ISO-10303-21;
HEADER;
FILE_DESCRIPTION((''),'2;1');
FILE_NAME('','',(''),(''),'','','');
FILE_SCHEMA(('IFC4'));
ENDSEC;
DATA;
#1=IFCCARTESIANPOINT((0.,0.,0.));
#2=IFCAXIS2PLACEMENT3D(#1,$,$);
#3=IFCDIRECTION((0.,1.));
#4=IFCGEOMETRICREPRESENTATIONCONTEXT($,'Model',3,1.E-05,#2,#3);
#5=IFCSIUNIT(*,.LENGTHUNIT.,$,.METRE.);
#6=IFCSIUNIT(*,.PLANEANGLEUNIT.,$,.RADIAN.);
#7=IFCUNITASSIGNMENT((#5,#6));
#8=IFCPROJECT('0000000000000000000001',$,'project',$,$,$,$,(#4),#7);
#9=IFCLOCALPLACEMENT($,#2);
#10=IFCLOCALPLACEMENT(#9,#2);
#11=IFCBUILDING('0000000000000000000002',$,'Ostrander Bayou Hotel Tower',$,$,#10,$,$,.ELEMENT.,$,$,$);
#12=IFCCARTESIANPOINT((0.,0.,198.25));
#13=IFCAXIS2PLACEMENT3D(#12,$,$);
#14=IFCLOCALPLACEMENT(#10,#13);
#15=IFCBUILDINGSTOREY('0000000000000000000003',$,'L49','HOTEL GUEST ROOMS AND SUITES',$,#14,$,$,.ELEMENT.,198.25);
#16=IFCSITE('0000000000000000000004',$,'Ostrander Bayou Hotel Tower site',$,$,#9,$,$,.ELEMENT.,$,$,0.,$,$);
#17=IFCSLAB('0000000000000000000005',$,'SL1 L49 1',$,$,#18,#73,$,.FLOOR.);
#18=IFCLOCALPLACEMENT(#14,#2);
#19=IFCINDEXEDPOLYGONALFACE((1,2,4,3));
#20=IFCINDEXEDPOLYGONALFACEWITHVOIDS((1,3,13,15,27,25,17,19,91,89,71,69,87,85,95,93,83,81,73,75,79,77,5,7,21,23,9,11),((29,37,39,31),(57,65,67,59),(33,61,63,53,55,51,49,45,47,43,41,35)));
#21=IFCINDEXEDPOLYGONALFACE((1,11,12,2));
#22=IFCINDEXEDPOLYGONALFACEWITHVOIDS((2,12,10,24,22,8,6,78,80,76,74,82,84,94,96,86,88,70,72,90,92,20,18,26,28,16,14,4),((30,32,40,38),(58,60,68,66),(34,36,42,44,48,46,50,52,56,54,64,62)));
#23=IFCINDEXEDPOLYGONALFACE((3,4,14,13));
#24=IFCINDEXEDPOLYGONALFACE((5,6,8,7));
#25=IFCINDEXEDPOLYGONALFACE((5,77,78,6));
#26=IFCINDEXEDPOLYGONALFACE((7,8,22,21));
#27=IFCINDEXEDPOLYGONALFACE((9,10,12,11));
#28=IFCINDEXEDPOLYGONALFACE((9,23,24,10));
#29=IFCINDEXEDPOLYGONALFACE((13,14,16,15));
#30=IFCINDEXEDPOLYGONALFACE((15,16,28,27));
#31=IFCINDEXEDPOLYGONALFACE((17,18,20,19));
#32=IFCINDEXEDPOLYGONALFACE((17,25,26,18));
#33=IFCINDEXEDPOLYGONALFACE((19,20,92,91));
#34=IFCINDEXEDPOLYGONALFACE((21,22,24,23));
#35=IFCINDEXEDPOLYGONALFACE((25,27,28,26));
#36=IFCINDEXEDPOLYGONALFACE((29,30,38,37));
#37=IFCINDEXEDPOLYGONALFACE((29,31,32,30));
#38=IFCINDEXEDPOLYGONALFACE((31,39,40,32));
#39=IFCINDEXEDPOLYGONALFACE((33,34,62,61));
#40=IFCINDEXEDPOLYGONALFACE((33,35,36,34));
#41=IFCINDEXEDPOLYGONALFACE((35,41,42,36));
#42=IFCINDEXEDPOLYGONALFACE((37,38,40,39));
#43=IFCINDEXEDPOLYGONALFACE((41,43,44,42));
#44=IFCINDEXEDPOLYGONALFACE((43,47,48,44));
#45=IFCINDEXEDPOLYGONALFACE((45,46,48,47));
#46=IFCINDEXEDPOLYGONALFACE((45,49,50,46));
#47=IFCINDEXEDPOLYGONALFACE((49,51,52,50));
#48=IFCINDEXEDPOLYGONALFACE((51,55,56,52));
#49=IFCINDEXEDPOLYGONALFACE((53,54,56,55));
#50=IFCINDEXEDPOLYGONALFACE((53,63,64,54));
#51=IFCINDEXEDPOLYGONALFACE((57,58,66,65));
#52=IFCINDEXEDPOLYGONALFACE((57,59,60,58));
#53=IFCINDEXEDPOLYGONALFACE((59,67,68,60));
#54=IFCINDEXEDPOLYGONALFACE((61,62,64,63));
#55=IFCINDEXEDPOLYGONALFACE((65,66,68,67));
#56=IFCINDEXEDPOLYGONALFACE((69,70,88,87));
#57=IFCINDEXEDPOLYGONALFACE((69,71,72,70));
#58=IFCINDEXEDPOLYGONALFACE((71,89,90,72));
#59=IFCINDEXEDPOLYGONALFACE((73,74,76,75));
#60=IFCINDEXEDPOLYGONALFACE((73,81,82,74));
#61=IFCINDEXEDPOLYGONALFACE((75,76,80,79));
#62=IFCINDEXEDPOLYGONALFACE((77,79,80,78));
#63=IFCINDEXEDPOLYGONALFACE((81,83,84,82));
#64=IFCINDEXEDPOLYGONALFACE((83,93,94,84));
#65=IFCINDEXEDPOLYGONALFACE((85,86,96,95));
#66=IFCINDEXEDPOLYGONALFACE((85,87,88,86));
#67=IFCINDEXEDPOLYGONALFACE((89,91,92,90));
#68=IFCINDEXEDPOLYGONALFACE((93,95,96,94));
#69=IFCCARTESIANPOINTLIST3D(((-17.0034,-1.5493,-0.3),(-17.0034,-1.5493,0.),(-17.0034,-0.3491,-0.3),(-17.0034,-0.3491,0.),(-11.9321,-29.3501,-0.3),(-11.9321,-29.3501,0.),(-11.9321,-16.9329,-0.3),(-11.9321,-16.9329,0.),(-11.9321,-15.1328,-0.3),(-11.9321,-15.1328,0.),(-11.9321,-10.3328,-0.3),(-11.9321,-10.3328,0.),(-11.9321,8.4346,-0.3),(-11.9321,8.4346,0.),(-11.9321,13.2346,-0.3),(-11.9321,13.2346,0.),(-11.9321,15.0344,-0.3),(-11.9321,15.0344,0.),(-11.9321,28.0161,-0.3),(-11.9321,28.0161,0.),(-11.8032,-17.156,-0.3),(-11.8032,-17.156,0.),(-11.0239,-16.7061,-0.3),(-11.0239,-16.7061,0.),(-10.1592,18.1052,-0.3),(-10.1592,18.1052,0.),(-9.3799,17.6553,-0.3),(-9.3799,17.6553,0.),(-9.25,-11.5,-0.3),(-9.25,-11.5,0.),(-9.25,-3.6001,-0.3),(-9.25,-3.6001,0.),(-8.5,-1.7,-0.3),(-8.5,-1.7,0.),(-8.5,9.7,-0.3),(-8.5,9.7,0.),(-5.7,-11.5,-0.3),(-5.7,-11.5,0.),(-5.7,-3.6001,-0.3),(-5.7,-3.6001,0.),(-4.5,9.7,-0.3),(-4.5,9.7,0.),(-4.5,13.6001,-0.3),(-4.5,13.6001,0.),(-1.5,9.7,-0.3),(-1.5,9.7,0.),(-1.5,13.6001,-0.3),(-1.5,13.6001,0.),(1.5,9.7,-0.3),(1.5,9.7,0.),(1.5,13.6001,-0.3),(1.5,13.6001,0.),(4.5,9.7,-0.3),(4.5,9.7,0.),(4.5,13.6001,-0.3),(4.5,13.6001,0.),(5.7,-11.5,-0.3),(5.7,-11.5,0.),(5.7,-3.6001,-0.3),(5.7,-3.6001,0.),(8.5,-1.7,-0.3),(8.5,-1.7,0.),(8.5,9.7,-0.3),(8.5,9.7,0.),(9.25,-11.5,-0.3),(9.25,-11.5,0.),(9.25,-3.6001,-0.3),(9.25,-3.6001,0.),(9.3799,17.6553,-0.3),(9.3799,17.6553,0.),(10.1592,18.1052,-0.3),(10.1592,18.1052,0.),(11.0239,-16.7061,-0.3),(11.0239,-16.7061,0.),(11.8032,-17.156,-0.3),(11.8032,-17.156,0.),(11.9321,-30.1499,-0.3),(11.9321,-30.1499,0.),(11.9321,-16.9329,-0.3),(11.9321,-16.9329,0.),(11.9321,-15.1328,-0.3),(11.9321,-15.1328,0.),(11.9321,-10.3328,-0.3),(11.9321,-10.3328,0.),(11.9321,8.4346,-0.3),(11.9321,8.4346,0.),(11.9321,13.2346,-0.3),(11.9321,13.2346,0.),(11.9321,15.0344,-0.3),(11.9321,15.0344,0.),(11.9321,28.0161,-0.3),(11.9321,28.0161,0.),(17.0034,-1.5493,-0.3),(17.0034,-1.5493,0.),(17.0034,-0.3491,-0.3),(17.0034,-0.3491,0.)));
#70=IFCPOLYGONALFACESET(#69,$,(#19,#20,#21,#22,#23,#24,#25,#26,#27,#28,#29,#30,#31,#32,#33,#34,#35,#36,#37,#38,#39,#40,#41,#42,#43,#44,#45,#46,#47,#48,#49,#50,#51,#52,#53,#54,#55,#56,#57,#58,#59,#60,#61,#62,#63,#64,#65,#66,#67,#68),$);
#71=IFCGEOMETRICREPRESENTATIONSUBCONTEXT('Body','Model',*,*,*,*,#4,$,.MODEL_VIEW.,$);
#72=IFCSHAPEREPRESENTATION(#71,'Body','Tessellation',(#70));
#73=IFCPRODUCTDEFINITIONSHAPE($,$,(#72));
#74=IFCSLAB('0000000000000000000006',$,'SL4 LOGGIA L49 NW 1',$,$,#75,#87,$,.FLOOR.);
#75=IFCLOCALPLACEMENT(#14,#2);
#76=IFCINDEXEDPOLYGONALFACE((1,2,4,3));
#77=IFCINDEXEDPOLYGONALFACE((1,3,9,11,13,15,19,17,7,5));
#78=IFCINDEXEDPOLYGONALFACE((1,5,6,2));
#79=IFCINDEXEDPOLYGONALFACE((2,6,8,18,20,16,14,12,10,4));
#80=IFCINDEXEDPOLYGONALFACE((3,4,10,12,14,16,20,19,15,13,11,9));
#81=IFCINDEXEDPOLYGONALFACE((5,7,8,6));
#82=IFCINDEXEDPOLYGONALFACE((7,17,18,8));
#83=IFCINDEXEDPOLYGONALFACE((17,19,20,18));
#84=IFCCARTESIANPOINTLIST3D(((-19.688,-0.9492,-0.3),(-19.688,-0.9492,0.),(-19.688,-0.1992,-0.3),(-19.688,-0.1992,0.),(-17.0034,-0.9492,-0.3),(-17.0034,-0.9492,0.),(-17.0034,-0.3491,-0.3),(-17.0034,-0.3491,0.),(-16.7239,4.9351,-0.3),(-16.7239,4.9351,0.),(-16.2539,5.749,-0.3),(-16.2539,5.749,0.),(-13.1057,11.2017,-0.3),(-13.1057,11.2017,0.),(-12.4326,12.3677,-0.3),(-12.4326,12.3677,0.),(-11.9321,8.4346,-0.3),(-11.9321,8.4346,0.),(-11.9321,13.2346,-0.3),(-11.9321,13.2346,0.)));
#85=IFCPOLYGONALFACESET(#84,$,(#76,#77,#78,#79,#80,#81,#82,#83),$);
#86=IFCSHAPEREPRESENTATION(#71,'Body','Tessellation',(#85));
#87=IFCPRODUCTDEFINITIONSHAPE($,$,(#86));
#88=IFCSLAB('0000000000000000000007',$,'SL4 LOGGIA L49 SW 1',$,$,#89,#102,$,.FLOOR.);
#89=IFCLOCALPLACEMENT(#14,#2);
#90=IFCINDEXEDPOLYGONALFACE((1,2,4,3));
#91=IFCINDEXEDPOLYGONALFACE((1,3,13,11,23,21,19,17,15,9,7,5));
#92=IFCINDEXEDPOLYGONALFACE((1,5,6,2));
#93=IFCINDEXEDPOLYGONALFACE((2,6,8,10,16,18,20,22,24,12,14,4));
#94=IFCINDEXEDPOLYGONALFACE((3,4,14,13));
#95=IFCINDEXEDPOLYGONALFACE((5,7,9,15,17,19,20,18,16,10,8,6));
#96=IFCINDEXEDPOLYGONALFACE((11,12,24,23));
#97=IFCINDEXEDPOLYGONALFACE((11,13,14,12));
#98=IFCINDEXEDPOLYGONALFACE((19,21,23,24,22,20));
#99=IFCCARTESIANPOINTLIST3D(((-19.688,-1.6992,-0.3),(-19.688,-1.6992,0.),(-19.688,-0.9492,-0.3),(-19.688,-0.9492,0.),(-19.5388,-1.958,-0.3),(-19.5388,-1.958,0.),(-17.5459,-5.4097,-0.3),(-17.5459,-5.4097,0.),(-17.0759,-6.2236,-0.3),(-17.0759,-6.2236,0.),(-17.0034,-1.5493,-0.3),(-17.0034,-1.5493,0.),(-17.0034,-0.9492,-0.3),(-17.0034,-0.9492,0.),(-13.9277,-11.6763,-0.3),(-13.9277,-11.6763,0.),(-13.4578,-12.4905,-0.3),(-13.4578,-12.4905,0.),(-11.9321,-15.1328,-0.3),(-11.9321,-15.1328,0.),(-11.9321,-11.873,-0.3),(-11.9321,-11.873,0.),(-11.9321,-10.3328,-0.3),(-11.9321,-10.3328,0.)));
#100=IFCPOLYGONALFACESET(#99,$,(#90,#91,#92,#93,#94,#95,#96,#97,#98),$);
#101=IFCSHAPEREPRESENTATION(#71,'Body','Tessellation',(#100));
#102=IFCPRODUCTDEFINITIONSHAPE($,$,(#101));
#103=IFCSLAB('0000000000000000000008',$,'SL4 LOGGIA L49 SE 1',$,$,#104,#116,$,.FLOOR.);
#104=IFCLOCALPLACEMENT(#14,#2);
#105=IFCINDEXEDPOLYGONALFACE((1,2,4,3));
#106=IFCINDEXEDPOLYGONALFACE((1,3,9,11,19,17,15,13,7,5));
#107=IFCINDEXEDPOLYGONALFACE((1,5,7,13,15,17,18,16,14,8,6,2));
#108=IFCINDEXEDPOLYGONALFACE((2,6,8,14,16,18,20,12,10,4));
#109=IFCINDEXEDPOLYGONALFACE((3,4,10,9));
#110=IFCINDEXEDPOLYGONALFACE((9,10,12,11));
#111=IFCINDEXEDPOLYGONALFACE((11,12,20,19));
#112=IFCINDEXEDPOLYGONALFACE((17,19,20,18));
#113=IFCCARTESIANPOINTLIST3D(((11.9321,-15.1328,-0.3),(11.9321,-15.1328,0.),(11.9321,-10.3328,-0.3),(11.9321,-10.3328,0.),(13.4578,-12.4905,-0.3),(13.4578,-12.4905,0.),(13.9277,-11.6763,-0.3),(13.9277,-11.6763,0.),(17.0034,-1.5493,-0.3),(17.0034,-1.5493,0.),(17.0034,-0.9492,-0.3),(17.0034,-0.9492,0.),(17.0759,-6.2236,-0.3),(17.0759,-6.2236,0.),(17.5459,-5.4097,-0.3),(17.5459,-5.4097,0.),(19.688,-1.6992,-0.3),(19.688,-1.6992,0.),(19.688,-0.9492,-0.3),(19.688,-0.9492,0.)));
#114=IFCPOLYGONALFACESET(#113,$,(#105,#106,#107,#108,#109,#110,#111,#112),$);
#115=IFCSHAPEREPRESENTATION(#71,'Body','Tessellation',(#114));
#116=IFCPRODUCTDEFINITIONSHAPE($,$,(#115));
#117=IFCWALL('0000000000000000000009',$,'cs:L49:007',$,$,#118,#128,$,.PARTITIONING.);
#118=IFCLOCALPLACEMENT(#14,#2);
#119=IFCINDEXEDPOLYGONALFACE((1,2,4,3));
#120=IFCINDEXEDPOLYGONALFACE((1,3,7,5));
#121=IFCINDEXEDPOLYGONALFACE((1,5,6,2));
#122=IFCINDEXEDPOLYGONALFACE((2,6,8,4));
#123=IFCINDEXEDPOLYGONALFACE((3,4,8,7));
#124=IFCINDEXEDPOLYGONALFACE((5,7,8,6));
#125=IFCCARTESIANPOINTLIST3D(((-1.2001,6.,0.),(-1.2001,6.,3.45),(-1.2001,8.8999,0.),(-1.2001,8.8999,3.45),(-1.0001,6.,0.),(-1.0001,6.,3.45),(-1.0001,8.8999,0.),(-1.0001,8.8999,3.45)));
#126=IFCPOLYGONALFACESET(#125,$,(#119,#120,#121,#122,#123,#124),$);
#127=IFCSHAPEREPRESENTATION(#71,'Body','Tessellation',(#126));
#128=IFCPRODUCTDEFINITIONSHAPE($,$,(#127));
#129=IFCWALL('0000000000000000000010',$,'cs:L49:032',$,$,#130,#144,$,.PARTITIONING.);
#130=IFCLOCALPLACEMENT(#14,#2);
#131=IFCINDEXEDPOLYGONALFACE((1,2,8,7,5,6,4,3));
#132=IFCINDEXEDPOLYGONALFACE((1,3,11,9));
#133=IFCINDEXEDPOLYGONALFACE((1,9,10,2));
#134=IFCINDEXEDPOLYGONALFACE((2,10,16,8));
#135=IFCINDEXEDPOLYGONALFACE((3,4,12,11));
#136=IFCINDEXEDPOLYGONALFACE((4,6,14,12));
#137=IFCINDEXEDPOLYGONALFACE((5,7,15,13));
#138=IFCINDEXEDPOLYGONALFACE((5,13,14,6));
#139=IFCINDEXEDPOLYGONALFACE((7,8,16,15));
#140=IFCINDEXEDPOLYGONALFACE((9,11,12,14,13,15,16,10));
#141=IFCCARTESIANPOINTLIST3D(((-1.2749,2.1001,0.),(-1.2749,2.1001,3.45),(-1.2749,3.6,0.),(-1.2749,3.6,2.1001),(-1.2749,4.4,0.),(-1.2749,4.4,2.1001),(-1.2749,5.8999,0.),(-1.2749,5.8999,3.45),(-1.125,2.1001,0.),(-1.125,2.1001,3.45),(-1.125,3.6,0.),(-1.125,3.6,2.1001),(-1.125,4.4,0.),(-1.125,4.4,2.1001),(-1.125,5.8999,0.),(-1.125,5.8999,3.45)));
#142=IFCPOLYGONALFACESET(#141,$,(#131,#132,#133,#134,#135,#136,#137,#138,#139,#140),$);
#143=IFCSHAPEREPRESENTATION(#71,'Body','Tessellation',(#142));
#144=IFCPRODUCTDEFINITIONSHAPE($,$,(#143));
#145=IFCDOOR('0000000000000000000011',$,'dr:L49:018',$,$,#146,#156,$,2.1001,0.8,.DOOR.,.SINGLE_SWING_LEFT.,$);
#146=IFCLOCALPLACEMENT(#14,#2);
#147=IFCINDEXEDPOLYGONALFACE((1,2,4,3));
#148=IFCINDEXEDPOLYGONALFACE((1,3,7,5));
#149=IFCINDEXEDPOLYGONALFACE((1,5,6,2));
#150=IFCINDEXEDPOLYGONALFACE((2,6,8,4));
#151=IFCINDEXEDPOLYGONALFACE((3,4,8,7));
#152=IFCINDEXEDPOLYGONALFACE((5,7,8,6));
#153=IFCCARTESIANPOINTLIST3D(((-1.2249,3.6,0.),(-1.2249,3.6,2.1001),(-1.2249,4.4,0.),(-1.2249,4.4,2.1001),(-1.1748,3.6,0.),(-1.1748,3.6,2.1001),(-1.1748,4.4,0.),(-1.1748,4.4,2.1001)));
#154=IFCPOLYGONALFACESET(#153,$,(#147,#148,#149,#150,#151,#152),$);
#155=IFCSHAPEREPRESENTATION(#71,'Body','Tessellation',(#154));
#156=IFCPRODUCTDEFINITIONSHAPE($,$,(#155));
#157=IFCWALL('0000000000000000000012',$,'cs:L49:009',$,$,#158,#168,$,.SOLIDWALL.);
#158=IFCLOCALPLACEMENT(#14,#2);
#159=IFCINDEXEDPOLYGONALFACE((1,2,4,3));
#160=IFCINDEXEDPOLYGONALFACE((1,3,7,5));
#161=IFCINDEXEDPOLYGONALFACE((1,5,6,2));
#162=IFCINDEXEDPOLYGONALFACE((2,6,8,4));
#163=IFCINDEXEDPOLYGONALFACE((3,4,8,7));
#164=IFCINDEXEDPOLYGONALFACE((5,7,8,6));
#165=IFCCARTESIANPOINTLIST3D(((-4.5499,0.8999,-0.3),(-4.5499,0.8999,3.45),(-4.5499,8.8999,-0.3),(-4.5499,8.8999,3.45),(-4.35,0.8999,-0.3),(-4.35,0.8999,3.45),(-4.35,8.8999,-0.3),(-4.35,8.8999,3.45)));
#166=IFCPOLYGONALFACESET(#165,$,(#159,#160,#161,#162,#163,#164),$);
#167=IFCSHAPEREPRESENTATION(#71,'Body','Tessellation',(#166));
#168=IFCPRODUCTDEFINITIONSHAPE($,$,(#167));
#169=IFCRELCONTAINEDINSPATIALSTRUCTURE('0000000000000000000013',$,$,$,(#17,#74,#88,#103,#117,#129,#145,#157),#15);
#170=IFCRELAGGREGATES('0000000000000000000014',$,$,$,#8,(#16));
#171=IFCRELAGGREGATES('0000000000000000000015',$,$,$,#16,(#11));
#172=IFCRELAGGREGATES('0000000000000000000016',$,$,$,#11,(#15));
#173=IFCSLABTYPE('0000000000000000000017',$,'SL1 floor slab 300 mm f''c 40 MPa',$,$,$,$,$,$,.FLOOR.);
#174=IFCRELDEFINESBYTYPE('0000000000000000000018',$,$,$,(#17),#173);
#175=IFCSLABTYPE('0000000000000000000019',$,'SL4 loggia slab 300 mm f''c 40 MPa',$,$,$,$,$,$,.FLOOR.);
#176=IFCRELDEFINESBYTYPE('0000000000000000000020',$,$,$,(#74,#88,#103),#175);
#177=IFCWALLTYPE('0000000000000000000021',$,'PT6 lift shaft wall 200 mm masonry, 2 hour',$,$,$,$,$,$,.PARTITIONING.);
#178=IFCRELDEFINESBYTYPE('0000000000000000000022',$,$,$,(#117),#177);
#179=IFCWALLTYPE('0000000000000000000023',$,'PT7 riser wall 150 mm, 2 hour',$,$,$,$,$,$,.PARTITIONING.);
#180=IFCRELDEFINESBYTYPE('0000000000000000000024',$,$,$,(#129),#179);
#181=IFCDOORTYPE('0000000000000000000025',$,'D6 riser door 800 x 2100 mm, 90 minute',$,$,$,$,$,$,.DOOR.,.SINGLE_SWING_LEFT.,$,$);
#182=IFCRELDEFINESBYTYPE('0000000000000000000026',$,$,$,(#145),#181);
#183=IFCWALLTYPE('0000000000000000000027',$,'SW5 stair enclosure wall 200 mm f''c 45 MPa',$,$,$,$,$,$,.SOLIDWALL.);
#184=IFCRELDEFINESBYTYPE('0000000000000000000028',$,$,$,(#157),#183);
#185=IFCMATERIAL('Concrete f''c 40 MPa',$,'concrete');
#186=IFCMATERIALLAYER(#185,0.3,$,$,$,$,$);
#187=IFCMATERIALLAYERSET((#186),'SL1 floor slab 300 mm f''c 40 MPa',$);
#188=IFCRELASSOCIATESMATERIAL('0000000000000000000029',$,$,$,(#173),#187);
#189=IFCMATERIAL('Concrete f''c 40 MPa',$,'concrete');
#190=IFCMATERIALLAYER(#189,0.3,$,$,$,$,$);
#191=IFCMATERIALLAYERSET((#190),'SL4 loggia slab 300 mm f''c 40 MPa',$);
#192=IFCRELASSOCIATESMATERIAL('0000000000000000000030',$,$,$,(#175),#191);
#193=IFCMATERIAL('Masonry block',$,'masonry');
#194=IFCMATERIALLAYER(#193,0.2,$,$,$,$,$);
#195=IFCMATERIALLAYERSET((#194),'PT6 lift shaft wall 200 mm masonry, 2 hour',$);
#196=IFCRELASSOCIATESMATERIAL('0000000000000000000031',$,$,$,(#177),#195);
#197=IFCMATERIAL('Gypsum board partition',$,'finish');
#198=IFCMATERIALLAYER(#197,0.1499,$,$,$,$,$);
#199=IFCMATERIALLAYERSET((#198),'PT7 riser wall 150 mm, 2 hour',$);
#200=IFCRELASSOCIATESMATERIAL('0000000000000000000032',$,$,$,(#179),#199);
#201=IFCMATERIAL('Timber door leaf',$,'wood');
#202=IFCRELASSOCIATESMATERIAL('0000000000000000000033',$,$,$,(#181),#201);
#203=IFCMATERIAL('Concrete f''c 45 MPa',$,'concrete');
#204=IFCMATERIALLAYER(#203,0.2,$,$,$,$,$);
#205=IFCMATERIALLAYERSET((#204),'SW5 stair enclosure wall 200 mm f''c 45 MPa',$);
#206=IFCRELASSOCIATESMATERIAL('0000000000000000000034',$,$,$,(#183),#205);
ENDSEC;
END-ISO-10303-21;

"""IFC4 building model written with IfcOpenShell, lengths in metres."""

from ifc_helpers import new_model, si_unit, direction, frame, frame_2d, origin, place, context, subcontext, project, spatial, polyline, rectangle, outline, extrude, material, layer, layer_set, type_object, element, fill, save


model = new_model("IFC4")

# Units and contexts
model_context = context("Model", 3, precision=1e-05, world=origin(), true_north=direction((0.0, 1.0)))
body_context = subcontext(model_context, "Body", "Model", "MODEL_VIEW")
ifc_project = project(units=[si_unit("LENGTHUNIT", "METRE"), si_unit("PLANEANGLEUNIT", "RADIAN")], contexts=[model_context])

# Site, building, storey
site_placement = place(None, origin())
site = spatial("IfcSite", under=ifc_project, at=site_placement, Name="Ostrander Bayou Hotel Tower site", CompositionType="ELEMENT", RefElevation=0.0)
building_placement = place(site_placement, origin())
building = spatial("IfcBuilding", under=site, at=building_placement, Name="Ostrander Bayou Hotel Tower", CompositionType="ELEMENT")
storey_placement = place(building_placement, frame((0.0, 0.0, 198.25)))
storey = spatial("IfcBuildingStorey", under=building, at=storey_placement, Name="L49", Description="HOTEL GUEST ROOMS AND SUITES", CompositionType="ELEMENT", Elevation=198.25)

# Slabs
ifc_material_1 = material(Name="Concrete f'c 40 MPa", Category="concrete")
ifc_layer_1 = layer(ifc_material_1, 0.3)
ifc_layer_set_1 = layer_set([ifc_layer_1], Name="SL1 floor slab 300 mm f'c 40 MPa")
slab_type_1 = type_object("IfcSlabType", Name="SL1 floor slab 300 mm f'c 40 MPa", PredefinedType="FLOOR", material=ifc_layer_set_1)
slab_1_placement = place(storey_placement, frame((0.0, 0.0, -0.3)))
element("IfcSlab", 1, at=slab_1_placement, inside=storey, type_object=slab_type_1, Name="SL1 L49 1", PredefinedType="FLOOR", context=body_context, shape_type="SweptSolid", body=[
    extrude(outline(polyline([(-11.8032, -17.156), (-11.0239, -16.7061), (-11.9321, -15.1328), (-11.9321, -10.3328), (-17.0034, -1.5493), (-17.0034, -0.3491), (-11.9321, 8.4346), (-11.9321, 13.2346), (-9.3799, 17.6553), (-10.1592, 18.1052), (-11.9321, 15.0344), (-11.9321, 28.0161), (11.9321, 28.0161), (11.9321, 15.0344), (10.1592, 18.1052), (9.3799, 17.6553), (11.9321, 13.2346), (11.9321, 8.4346), (17.0034, -0.3491), (17.0034, -1.5493), (11.9321, -10.3328), (11.9321, -15.1328), (11.0239, -16.7061), (11.8032, -17.156), (11.9321, -16.9329), (11.9321, -30.1499), (-11.9321, -29.3501), (-11.9321, -16.9329), (-11.8032, -17.156)]), holes=[polyline([(9.25, -3.6001), (5.7, -3.6001), (5.7, -11.5), (9.25, -11.5), (9.25, -3.6001)]), polyline([(-8.5, -1.7), (8.5, -1.7), (8.5, 9.7), (4.5, 9.7), (4.5, 13.6001), (1.5, 13.6001), (1.5, 9.7), (-1.5, 9.7), (-1.5, 13.6001), (-4.5, 13.6001), (-4.5, 9.7), (-8.5, 9.7), (-8.5, -1.7)]), polyline([(-5.7, -3.6001), (-9.25, -3.6001), (-9.25, -11.5), (-5.7, -11.5), (-5.7, -3.6001)])]), origin(), (0.0, 0.0, 1.0), 0.3),
])
ifc_material_2 = material(Name="Concrete f'c 40 MPa", Category="concrete")
ifc_layer_2 = layer(ifc_material_2, 0.3)
ifc_layer_set_2 = layer_set([ifc_layer_2], Name="SL4 loggia slab 300 mm f'c 40 MPa")
slab_type_2 = type_object("IfcSlabType", Name="SL4 loggia slab 300 mm f'c 40 MPa", PredefinedType="FLOOR", material=ifc_layer_set_2)
slab_2_placement = place(storey_placement, frame((0.0, 0.0, -0.3)))
element("IfcSlab", 2, at=slab_2_placement, inside=storey, type_object=slab_type_2, Name="SL4 LOGGIA L49 NW 1", PredefinedType="FLOOR", context=body_context, shape_type="SweptSolid", body=[
    extrude(outline(polyline([(-11.9321, 13.2346), (-11.9321, 8.4346), (-17.0034, -0.3491), (-17.0034, -0.9492), (-19.688, -0.9492), (-19.688, -0.1992), (-16.7239, 4.9351), (-16.2539, 5.749), (-13.1057, 11.2017), (-12.4326, 12.3677), (-11.9321, 13.2346)])), origin(), (0.0, 0.0, 1.0), 0.3),
])
slab_3_placement = place(storey_placement, frame((0.0, 0.0, -0.3)))
element("IfcSlab", 3, at=slab_3_placement, inside=storey, type_object=slab_type_2, Name="SL4 LOGGIA L49 SW 1", PredefinedType="FLOOR", context=body_context, shape_type="SweptSolid", body=[
    extrude(outline(polyline([(-11.9321, -11.873), (-11.9321, -15.1328), (-13.4578, -12.4905), (-13.9277, -11.6763), (-17.0759, -6.2236), (-17.5459, -5.4097), (-19.5388, -1.958), (-19.688, -1.6992), (-19.688, -0.9492), (-17.0034, -0.9492), (-17.0034, -1.5493), (-11.9321, -10.3328), (-11.9321, -11.873)])), origin(), (0.0, 0.0, 1.0), 0.3),
])
slab_4_placement = place(storey_placement, frame((0.0, 0.0, -0.3)))
element("IfcSlab", 4, at=slab_4_placement, inside=storey, type_object=slab_type_2, Name="SL4 LOGGIA L49 SE 1", PredefinedType="FLOOR", context=body_context, shape_type="SweptSolid", body=[
    extrude(outline(polyline([(13.4578, -12.4905), (11.9321, -15.1328), (11.9321, -10.3328), (17.0034, -1.5493), (17.0034, -0.9492), (19.688, -0.9492), (19.688, -1.6992), (17.5459, -5.4097), (17.0759, -6.2236), (13.9277, -11.6763), (13.4578, -12.4905)])), origin(), (0.0, 0.0, 1.0), 0.3),
])

# Shared definitions
ifc_material_3 = material(Name="Masonry block", Category="masonry")
ifc_layer_3 = layer(ifc_material_3, 0.2)
ifc_layer_set_3 = layer_set([ifc_layer_3], Name="PT6 lift shaft wall 200 mm masonry, 2 hour")
wall_type_1 = type_object("IfcWallType", Name="PT6 lift shaft wall 200 mm masonry, 2 hour", PredefinedType="PARTITIONING", material=ifc_layer_set_3)

# Wall
wall_1_placement = place(storey_placement, frame((-1.1001, 6.0, 0.0), z_axis=(0.0, 0.0, 1.0), x_axis=(0.0, 1.0, 0.0)))
element("IfcWall", 5, at=wall_1_placement, inside=storey, type_object=wall_type_1, Name="cs:L49:007", PredefinedType="PARTITIONING", context=body_context, shape_type="SweptSolid", body=[
    extrude(rectangle(XDim=2.8999, YDim=0.2, at=frame_2d((1.45, 0.0))), origin(), (0.0, 0.0, 1.0), 3.45),
])

# Wall, opening, door
ifc_material_4 = material(Name="Gypsum board partition", Category="finish")
ifc_layer_4 = layer(ifc_material_4, 0.1499)
ifc_layer_set_4 = layer_set([ifc_layer_4], Name="PT7 riser wall 150 mm, 2 hour")
wall_type_2 = type_object("IfcWallType", Name="PT7 riser wall 150 mm, 2 hour", PredefinedType="PARTITIONING", material=ifc_layer_set_4)
wall_2_placement = place(storey_placement, frame((-1.2, 2.1001, 0.0), z_axis=(0.0, 0.0, 1.0), x_axis=(0.0, 1.0, 0.0)))
wall_2 = element("IfcWall", 6, at=wall_2_placement, inside=storey, type_object=wall_type_2, Name="cs:L49:032", PredefinedType="PARTITIONING", context=body_context, shape_type="SweptSolid", body=[
    extrude(rectangle(XDim=3.7998, YDim=0.1499, at=frame_2d((1.8999, 0.0))), origin(), (0.0, 0.0, 1.0), 3.45),
])
opening_1_placement = place(wall_2_placement, frame((1.5, 0.0, 0.0)))
opening_1 = element("IfcOpeningElement", 7, at=opening_1_placement, cuts=wall_2, PredefinedType="OPENING", context=body_context, shape_type="SweptSolid", body=[
    extrude(rectangle(XDim=0.8, YDim=2.1001, at=frame_2d((0.3999, 1.05))), frame((0.0, 0.075, 0.0), z_axis=(0.0, -1.0, 0.0), x_axis=(1.0, 0.0, 0.0)), (0.0, 0.0, 1.0), 0.1499),
])
ifc_material_5 = material(Name="Timber door leaf", Category="wood")
door_type_1 = type_object("IfcDoorType", Name="D6 riser door 800 x 2100 mm, 90 minute", OperationType="SINGLE_SWING_LEFT", PredefinedType="DOOR", material=ifc_material_5)
door_1_placement = place(opening_1_placement, origin())
door_1 = element("IfcDoor", 8, at=door_1_placement, inside=storey, type_object=door_type_1, Name="dr:L49:018", OperationType="SINGLE_SWING_LEFT", OverallHeight=2.1001, OverallWidth=0.8, PredefinedType="DOOR", context=body_context, shape_type="SweptSolid", body=[
    extrude(rectangle(XDim=0.8, YDim=2.1001, at=frame_2d((0.3999, 1.05))), frame((0.0, 0.0249, 0.0), z_axis=(0.0, -1.0, 0.0), x_axis=(1.0, 0.0, 0.0)), (0.0, 0.0, 1.0), 0.05),
])
fill(opening_1, door_1)

# Wall
ifc_material_6 = material(Name="Concrete f'c 45 MPa", Category="concrete")
ifc_layer_5 = layer(ifc_material_6, 0.2)
ifc_layer_set_5 = layer_set([ifc_layer_5], Name="SW5 stair enclosure wall 200 mm f'c 45 MPa")
wall_type_3 = type_object("IfcWallType", Name="SW5 stair enclosure wall 200 mm f'c 45 MPa", PredefinedType="SOLIDWALL", material=ifc_layer_set_5)
wall_3_placement = place(storey_placement, frame((-4.45, 0.8999, -0.3), z_axis=(0.0, 0.0, 1.0), x_axis=(0.0, 1.0, 0.0)))
element("IfcWall", 9, at=wall_3_placement, inside=storey, type_object=wall_type_3, Name="cs:L49:009", PredefinedType="SOLIDWALL", context=body_context, shape_type="SweptSolid", body=[
    extrude(rectangle(XDim=8.0, YDim=0.2, at=frame_2d((4.0, 0.0))), origin(), (0.0, 0.0, 1.0), 3.75),
])

save(model, "model.ifc")
